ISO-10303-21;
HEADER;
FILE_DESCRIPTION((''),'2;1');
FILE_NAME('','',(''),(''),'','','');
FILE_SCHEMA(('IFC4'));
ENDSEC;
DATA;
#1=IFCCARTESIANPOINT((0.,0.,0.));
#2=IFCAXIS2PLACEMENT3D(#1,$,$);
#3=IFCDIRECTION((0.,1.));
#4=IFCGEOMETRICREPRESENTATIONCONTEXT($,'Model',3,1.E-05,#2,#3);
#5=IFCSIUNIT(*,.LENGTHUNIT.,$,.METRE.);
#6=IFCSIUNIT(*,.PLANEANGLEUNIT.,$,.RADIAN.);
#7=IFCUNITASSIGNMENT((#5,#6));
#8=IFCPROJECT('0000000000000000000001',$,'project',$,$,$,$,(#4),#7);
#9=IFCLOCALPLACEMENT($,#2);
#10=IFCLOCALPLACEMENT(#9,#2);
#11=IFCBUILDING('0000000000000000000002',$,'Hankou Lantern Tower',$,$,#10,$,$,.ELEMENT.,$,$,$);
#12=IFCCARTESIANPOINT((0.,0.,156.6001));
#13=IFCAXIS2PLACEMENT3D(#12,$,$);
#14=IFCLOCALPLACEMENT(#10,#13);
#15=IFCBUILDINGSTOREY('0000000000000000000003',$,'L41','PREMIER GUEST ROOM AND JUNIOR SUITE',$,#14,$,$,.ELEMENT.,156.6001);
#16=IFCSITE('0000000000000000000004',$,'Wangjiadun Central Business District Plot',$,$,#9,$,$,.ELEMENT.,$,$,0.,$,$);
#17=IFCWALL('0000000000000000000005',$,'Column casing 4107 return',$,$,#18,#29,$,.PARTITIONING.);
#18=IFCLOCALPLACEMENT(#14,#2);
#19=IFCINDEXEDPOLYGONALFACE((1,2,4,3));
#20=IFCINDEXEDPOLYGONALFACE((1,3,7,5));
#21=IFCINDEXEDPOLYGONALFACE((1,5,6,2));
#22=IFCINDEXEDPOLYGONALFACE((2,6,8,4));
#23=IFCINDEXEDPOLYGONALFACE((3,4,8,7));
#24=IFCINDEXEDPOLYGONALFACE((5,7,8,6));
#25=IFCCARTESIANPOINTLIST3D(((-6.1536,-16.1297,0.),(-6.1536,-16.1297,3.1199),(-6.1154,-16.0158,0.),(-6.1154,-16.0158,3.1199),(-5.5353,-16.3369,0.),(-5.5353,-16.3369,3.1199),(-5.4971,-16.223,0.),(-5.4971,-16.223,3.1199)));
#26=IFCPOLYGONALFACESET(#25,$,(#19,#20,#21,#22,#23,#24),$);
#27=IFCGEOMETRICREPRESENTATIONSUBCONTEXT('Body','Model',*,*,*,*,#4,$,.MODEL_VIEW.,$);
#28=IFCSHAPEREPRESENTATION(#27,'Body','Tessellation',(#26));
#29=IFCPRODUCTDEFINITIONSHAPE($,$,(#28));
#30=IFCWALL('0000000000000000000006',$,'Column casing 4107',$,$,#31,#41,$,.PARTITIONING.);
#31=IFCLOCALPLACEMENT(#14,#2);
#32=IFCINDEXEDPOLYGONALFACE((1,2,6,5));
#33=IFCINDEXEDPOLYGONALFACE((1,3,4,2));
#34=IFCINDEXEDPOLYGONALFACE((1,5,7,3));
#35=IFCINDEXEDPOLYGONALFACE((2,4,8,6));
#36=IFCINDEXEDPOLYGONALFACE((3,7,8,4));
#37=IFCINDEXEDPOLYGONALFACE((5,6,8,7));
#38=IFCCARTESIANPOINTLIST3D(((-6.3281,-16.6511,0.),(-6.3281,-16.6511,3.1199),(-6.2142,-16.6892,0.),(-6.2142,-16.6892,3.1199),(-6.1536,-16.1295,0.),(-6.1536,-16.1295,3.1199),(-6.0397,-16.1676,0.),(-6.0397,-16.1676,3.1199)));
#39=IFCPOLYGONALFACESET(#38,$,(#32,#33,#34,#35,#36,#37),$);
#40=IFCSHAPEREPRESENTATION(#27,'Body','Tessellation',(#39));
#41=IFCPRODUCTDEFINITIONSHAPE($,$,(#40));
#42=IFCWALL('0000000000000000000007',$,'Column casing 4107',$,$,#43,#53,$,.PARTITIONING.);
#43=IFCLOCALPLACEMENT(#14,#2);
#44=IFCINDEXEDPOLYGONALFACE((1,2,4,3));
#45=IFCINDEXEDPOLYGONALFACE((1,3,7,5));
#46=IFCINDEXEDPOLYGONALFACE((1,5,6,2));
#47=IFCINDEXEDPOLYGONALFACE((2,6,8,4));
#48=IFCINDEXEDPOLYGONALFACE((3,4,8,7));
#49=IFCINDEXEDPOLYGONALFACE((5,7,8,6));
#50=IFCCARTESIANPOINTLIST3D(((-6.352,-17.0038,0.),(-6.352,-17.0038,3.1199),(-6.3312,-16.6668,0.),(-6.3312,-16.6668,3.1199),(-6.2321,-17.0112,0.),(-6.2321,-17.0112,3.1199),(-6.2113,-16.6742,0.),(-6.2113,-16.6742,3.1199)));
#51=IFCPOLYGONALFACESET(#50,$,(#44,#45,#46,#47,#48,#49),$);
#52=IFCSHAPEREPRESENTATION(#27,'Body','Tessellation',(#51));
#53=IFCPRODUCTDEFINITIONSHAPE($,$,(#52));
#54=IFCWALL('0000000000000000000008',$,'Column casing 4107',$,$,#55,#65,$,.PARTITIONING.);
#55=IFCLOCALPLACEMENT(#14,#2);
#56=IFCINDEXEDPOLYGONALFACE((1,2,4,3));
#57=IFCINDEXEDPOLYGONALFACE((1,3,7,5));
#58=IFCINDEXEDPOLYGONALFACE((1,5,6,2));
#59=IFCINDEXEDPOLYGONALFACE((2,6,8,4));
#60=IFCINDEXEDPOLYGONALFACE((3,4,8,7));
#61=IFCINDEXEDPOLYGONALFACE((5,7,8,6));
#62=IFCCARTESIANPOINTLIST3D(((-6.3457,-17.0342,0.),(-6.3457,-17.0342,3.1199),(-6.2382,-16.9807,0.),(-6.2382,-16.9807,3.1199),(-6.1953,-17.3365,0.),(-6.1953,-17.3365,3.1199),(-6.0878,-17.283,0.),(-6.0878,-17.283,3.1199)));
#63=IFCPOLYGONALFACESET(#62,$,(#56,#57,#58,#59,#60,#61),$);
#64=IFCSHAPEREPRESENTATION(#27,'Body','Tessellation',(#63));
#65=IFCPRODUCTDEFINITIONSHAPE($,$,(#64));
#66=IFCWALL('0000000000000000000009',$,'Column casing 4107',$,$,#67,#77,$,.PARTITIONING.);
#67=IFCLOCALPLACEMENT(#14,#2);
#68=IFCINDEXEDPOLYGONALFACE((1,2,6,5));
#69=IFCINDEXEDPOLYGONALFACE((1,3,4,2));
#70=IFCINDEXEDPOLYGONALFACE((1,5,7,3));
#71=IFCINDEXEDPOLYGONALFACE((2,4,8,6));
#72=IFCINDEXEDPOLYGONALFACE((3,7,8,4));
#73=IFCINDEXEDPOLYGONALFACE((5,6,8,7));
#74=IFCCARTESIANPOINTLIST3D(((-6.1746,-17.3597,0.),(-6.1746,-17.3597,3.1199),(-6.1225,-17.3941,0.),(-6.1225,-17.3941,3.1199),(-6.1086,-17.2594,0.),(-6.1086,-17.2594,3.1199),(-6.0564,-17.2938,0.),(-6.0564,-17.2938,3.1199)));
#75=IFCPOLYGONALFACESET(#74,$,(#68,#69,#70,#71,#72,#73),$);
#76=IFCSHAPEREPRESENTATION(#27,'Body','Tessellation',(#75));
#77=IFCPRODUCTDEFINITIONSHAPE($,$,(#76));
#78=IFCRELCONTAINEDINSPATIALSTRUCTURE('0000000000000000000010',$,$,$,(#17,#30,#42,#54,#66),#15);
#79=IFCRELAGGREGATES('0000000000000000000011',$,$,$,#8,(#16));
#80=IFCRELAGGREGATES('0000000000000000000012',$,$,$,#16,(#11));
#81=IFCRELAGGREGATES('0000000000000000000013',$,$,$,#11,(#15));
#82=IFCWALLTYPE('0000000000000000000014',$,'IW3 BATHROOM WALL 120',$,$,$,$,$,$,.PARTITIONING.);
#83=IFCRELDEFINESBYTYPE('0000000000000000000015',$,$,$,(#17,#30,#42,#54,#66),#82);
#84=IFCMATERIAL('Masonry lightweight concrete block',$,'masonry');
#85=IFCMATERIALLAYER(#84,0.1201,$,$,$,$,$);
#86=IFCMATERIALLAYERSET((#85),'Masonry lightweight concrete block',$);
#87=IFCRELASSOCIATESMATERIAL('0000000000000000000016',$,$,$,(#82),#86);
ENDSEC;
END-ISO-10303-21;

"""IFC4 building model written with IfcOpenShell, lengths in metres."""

from ifc_helpers import new_model, si_unit, direction, frame, frame_2d, origin, place, context, subcontext, project, spatial, rectangle, extrude, material, layer, layer_set, type_object, element, save


model = new_model("IFC4")

# Units and contexts
model_context = context("Model", 3, precision=1e-05, world=origin(), true_north=direction((0.0, 1.0)))
body_context = subcontext(model_context, "Body", "Model", "MODEL_VIEW")
ifc_project = project(units=[si_unit("LENGTHUNIT", "METRE"), si_unit("PLANEANGLEUNIT", "RADIAN")], contexts=[model_context])

# Site, building, storey
site_placement = place(None, origin())
site = spatial("IfcSite", under=ifc_project, at=site_placement, Name="Wangjiadun Central Business District Plot", CompositionType="ELEMENT", RefElevation=0.0)
building_placement = place(site_placement, origin())
building = spatial("IfcBuilding", under=site, at=building_placement, Name="Hankou Lantern Tower", CompositionType="ELEMENT")
storey_placement = place(building_placement, frame((0.0, 0.0, 156.6001)))
storey = spatial("IfcBuildingStorey", under=building, at=storey_placement, Name="L41", Description="PREMIER GUEST ROOM AND JUNIOR SUITE", CompositionType="ELEMENT", Elevation=156.6001)

# Shared definitions
ifc_material_1 = material(Name="Masonry lightweight concrete block", Category="masonry")
ifc_layer_1 = layer(ifc_material_1, 0.1201)
ifc_layer_set_1 = layer_set([ifc_layer_1], Name="Masonry lightweight concrete block")
wall_type_1 = type_object("IfcWallType", Name="IW3 BATHROOM WALL 120", PredefinedType="PARTITIONING", material=ifc_layer_set_1)

# Walls
wall_1_placement = place(storey_placement, frame((-5.5161, -16.28, 0.0), z_axis=(0.0, 0.0, 1.0), x_axis=(-0.948158, 0.317799, 0.0)))
element("IfcWall", 1, at=wall_1_placement, inside=storey, type_object=wall_type_1, Name="Column casing 4107 return", PredefinedType="PARTITIONING", context=body_context, shape_type="SweptSolid", body=[
    extrude(rectangle(XDim=0.6521, YDim=0.1201, at=frame_2d((0.3262, 0.0))), origin(), (0.0, 0.0, 1.0), 3.1199),
])
wall_2_placement = place(storey_placement, frame((-6.0967, -16.1487, 0.0), z_axis=(0.0, 0.0, 1.0), x_axis=(-0.317293, -0.948328, 0.0)))
element("IfcWall", 2, at=wall_2_placement, inside=storey, type_object=wall_type_1, Name="Column casing 4107", PredefinedType="PARTITIONING", context=body_context, shape_type="SweptSolid", body=[
    extrude(rectangle(XDim=0.55, YDim=0.1201, at=frame_2d((0.2749, 0.0))), origin(), (0.0, 0.0, 1.0), 3.1199),
])
for number, where, z_axis, x_axis, name in (
    (3, (-6.2712, -16.6704, 0.0), (0.0, 0.0, 1.0), (-0.061478, -0.998108, 0.0), "Column casing 4107"),
    (4, (-6.292, -17.0073, 0.0), (0.0, 0.0, 1.0), (0.445477, -0.895293, 0.0), "Column casing 4107"),
):
    element("IfcWall", number, at=place(storey_placement, frame(where, z_axis=z_axis, x_axis=x_axis)), inside=storey, type_object=wall_type_1, Name=name, PredefinedType="PARTITIONING", context=body_context, shape_type="SweptSolid", body=[
        extrude(rectangle(XDim=0.3376, YDim=0.1201, at=frame_2d((0.1689, 0.0))), origin(), (0.0, 0.0, 1.0), 3.1199),
    ])
wall_3_placement = place(storey_placement, frame((-6.1416, -17.3096, 0.0), z_axis=(0.0, 0.0, 1.0), x_axis=(0.83504, -0.55019, 0.0)))
element("IfcWall", 5, at=wall_3_placement, inside=storey, type_object=wall_type_1, Name="Column casing 4107", PredefinedType="PARTITIONING", context=body_context, shape_type="SweptSolid", body=[
    extrude(rectangle(XDim=0.0625, YDim=0.1201, at=frame_2d((0.0312, 0.0))), origin(), (0.0, 0.0, 1.0), 3.1199),
])

save(model, "model.ifc")
